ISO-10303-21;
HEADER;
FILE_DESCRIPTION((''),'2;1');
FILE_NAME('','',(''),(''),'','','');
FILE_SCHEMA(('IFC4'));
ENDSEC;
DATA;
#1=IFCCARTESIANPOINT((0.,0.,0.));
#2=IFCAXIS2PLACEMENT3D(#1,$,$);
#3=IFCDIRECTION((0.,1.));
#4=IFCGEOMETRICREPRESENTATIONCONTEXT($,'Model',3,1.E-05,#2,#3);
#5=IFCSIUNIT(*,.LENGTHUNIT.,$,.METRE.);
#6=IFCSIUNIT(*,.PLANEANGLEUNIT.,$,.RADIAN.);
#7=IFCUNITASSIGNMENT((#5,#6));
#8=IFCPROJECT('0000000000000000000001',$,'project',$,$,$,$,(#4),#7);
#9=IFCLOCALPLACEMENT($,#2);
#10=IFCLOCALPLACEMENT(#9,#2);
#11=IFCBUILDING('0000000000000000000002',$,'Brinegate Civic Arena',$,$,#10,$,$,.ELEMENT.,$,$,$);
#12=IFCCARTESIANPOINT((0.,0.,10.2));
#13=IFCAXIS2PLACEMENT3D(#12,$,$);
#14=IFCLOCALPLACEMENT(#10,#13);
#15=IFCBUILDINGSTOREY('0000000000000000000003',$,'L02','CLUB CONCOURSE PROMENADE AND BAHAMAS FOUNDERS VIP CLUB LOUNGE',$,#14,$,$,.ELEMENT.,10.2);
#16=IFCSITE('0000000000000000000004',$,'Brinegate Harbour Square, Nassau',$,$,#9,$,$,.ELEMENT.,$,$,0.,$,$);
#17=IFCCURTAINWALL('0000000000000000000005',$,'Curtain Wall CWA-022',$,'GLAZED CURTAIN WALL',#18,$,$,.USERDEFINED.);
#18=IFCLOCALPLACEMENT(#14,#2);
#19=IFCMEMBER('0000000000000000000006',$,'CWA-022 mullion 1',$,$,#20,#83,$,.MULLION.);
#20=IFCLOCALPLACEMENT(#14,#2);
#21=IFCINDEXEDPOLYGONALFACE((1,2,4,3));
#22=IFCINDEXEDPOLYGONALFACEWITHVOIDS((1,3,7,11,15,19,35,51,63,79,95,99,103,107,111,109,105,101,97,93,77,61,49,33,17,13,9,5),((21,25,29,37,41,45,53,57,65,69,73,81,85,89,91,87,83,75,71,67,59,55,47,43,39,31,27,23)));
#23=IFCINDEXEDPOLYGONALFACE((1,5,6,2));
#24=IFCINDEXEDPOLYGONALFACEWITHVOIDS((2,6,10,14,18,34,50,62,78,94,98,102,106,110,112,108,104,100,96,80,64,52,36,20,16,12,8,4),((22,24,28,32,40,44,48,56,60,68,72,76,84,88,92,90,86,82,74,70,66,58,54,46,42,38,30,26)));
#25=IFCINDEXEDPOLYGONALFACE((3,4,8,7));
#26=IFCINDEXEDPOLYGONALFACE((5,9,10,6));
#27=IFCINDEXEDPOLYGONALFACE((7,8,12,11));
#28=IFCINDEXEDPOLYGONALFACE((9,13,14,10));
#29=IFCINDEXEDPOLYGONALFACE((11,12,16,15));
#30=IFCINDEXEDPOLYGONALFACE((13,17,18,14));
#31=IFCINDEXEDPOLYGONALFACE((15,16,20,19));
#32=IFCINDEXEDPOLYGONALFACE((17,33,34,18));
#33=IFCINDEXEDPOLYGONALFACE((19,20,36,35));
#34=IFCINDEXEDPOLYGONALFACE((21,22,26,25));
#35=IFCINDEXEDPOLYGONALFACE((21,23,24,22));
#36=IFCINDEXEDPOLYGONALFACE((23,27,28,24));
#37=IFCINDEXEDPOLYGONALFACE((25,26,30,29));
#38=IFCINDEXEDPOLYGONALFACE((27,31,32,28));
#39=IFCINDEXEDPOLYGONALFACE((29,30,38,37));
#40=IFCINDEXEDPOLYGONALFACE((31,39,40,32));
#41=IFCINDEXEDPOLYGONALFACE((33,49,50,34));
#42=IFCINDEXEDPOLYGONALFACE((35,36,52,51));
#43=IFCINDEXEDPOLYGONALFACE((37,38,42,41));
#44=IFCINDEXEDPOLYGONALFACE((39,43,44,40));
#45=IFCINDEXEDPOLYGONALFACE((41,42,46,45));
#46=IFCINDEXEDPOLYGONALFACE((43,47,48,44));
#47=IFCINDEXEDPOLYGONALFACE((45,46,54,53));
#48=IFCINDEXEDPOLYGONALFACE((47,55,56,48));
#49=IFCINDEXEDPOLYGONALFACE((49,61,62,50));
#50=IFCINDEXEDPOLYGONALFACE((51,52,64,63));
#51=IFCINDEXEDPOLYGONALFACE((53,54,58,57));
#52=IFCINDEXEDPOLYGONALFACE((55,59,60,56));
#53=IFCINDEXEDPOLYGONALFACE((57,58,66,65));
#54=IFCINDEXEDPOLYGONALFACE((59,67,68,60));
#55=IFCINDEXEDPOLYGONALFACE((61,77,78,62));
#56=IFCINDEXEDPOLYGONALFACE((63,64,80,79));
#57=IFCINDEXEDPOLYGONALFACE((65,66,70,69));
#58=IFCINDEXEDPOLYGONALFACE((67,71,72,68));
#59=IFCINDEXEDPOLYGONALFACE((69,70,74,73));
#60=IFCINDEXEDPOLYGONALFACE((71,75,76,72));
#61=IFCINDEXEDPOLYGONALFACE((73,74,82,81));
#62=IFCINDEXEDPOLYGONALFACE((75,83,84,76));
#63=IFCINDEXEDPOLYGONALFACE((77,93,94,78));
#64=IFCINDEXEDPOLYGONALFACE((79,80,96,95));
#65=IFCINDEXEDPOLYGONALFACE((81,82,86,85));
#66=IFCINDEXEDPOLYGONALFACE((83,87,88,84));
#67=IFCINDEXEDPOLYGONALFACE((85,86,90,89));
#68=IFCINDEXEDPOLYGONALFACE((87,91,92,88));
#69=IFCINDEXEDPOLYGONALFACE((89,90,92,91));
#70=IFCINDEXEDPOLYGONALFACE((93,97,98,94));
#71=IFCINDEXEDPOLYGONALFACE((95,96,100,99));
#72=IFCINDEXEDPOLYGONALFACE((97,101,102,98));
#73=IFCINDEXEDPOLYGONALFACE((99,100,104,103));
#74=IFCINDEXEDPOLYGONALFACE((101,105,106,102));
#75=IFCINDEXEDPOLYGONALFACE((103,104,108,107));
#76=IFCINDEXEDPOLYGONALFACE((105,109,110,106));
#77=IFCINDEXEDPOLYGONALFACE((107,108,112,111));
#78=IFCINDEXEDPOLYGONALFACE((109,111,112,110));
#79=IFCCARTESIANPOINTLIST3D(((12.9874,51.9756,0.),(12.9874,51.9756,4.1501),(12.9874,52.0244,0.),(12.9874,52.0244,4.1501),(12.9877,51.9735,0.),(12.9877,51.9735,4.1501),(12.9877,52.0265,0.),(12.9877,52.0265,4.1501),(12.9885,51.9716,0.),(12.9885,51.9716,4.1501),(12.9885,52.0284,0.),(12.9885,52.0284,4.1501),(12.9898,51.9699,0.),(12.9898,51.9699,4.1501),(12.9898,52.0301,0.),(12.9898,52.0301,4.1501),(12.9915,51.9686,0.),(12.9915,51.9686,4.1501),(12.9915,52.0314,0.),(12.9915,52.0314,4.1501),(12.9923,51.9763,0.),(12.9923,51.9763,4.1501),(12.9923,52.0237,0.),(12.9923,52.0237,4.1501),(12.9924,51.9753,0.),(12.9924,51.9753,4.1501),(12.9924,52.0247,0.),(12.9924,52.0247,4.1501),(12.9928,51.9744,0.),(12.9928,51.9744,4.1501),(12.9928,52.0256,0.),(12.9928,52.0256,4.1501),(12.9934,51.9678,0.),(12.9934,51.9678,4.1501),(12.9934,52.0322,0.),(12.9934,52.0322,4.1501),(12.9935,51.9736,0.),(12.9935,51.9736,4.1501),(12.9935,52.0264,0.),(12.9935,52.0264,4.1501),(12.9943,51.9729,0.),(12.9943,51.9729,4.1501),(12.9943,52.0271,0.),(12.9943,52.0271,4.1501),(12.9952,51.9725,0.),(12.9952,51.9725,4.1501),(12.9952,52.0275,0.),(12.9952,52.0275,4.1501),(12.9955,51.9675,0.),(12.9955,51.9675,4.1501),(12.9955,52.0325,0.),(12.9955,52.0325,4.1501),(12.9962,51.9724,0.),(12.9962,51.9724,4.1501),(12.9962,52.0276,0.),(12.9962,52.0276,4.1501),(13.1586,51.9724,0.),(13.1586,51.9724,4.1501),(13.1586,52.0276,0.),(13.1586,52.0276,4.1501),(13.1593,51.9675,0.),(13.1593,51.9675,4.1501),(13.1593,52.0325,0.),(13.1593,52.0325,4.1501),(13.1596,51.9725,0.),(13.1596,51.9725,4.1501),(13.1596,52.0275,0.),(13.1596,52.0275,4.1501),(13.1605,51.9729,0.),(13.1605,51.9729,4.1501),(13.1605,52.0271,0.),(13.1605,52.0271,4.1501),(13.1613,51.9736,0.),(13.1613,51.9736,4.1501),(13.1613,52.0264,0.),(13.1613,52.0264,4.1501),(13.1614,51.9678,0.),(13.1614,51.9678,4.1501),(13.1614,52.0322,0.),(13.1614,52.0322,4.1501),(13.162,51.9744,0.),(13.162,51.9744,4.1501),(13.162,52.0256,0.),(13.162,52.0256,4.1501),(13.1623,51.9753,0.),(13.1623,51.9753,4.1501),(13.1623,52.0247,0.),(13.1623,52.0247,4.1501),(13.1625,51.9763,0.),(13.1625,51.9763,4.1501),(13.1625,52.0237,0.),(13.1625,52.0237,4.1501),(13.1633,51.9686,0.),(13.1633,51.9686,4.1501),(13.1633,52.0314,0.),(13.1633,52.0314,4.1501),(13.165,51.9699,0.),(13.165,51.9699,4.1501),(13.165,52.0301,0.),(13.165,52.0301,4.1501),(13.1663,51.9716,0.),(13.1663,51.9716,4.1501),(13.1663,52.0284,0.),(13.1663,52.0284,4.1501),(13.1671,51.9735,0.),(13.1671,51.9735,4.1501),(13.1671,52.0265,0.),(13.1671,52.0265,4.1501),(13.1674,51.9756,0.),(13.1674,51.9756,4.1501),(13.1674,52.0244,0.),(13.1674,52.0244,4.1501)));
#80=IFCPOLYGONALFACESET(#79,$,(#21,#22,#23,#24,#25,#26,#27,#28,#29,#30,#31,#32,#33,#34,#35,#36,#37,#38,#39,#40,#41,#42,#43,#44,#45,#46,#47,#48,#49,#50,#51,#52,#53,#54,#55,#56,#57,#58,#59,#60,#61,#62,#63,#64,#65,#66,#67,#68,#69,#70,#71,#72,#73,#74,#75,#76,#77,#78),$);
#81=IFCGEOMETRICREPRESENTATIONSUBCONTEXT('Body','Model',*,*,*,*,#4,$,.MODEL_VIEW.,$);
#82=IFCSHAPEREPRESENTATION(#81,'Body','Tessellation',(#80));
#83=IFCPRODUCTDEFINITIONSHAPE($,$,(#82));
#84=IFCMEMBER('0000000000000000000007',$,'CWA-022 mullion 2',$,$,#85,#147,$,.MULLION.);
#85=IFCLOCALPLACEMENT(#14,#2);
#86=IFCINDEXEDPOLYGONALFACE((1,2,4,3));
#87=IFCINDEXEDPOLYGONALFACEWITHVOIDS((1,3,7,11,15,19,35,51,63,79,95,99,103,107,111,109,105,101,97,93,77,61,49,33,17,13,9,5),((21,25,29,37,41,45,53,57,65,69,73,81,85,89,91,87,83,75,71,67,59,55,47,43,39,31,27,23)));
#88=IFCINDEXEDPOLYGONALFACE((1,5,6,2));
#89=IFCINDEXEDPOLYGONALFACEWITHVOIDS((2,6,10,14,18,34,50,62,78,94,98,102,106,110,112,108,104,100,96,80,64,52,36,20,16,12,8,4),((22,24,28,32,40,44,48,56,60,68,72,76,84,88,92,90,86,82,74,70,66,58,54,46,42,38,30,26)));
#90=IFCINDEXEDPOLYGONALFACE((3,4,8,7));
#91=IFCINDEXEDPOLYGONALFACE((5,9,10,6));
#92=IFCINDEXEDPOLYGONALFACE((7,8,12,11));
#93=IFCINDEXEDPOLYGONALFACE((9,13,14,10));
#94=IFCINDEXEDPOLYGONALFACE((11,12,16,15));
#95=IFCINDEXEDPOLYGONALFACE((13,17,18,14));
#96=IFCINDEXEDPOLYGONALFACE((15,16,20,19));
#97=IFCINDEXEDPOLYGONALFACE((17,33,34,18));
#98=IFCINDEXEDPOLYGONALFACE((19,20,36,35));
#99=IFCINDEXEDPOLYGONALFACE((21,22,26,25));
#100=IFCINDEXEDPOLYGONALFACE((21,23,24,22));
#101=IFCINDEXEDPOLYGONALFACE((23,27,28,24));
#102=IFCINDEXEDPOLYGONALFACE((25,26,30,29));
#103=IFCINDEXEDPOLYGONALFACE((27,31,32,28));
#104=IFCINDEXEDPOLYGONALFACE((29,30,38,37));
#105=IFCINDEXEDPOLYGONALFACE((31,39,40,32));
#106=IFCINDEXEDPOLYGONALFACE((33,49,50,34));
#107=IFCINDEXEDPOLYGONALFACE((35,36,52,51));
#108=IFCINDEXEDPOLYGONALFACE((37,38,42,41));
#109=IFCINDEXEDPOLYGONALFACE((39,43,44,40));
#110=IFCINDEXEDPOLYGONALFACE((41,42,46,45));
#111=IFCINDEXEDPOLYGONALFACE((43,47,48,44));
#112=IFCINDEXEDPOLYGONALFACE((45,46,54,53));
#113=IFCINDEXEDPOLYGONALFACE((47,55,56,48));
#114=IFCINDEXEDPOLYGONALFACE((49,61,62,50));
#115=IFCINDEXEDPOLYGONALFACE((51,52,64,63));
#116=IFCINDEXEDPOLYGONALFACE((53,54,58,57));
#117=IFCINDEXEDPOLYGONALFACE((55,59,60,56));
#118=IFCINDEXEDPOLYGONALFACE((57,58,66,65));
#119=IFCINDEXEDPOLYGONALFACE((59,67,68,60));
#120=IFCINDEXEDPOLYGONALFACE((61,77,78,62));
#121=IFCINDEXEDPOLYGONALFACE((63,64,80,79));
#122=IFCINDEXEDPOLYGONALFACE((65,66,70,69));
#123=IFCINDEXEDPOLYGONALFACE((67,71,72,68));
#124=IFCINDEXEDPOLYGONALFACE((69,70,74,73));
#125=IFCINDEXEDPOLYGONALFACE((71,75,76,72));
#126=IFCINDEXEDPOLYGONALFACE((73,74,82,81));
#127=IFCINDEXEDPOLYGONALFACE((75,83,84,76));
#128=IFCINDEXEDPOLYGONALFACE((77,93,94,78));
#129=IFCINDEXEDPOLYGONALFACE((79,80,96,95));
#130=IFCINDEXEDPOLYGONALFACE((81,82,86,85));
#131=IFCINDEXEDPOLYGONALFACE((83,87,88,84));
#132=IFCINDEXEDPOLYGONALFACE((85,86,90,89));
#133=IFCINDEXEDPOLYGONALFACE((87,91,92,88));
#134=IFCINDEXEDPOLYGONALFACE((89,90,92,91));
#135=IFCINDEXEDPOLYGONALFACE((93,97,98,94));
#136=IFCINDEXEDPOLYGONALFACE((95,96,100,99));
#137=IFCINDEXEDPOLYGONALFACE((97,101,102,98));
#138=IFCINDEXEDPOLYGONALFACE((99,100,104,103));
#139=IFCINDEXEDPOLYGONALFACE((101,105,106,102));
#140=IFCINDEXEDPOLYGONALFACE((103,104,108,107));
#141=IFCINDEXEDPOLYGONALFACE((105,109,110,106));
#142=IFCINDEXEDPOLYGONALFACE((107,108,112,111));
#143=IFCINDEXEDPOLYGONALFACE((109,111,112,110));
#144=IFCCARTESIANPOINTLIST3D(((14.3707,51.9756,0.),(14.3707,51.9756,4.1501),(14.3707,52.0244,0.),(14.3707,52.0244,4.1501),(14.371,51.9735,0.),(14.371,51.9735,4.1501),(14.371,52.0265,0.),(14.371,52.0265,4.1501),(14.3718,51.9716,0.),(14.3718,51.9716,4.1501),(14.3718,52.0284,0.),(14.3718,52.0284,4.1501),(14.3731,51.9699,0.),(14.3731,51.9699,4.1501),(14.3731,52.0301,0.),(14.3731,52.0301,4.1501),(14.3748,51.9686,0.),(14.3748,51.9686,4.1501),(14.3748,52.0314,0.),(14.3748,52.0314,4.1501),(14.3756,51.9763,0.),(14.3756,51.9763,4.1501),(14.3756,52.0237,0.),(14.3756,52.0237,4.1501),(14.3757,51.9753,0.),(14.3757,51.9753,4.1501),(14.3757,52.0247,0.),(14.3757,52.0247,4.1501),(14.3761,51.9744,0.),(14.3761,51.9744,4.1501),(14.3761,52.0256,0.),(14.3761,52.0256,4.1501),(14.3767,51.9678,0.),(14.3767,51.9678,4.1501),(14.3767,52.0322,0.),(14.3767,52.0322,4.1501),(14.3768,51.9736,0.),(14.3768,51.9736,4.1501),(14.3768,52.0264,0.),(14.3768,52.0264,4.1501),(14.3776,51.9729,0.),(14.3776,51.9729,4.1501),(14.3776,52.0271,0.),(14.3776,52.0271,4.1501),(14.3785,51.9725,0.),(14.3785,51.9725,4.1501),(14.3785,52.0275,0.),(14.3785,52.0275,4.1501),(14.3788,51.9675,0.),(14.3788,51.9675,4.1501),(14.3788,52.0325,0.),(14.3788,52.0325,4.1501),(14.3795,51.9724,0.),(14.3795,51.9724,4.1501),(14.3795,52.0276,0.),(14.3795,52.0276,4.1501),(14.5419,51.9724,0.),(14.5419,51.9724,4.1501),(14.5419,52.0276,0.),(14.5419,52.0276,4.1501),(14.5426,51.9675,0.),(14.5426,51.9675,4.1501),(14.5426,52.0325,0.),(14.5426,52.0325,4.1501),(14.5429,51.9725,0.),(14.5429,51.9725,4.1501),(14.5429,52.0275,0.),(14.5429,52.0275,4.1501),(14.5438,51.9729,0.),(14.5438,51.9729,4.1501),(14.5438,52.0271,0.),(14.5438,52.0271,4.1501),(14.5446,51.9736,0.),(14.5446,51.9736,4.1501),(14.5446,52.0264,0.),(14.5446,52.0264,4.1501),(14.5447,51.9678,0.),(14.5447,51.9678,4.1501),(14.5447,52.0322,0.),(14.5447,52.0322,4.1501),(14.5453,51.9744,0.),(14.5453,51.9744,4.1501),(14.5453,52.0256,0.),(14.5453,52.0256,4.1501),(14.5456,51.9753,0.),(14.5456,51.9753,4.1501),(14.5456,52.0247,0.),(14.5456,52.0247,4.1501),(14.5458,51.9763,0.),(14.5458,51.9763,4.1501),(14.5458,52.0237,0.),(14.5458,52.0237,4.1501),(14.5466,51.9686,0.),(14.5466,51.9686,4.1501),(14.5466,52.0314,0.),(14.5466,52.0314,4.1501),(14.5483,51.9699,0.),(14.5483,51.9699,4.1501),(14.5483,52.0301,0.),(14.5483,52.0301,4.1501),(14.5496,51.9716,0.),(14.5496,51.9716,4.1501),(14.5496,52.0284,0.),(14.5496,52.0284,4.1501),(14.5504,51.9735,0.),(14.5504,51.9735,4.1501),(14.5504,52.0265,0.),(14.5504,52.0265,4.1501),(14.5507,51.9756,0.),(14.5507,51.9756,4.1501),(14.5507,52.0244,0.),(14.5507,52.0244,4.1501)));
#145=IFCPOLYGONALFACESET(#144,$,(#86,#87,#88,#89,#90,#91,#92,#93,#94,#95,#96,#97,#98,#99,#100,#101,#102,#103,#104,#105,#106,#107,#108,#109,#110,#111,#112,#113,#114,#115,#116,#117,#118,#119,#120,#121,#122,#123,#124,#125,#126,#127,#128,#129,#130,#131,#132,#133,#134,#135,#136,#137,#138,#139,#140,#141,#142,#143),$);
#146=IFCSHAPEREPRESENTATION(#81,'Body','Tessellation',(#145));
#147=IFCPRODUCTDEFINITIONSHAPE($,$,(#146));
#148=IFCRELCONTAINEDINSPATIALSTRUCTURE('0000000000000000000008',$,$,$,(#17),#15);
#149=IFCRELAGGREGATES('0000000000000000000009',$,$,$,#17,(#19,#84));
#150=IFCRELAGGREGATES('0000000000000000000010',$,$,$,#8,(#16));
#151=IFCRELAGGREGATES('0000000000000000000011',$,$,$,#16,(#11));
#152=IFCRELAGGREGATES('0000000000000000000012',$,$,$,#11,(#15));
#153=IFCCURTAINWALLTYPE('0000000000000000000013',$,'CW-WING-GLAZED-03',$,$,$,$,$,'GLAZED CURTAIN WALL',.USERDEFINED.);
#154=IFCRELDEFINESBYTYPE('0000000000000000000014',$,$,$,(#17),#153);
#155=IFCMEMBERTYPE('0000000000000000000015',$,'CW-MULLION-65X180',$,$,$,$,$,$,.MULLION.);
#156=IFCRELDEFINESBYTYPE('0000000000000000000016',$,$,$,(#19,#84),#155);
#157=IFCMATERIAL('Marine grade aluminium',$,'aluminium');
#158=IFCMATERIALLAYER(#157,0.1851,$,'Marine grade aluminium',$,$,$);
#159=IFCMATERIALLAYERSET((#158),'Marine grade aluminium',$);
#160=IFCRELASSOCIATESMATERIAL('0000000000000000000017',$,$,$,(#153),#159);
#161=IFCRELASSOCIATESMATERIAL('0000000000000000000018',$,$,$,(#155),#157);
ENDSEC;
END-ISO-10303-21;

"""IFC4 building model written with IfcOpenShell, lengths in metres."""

from ifc_helpers import new_model, si_unit, direction, frame, origin, origin_2d, place, context, subcontext, project, spatial, hollow_rectangle, extrude, material, layer, layer_set, material_profile, profile_set, type_object, element, aggregate, save


model = new_model("IFC4")

# Units and contexts
model_context = context("Model", 3, precision=1e-05, world=origin(), true_north=direction((0.0, 1.0)))
body_context = subcontext(model_context, "Body", "Model", "MODEL_VIEW")
ifc_project = project(units=[si_unit("LENGTHUNIT", "METRE"), si_unit("PLANEANGLEUNIT", "RADIAN")], contexts=[model_context])

# Site, building, storey
site_placement = place(None, origin())
site = spatial("IfcSite", under=ifc_project, at=site_placement, Name="Brinegate Harbour Square, Nassau", CompositionType="ELEMENT", RefElevation=0.0)
building_placement = place(site_placement, origin())
building = spatial("IfcBuilding", under=site, at=building_placement, Name="Brinegate Civic Arena", CompositionType="ELEMENT")
storey_placement = place(building_placement, frame((0.0, 0.0, 10.2)))
storey = spatial("IfcBuildingStorey", under=building, at=storey_placement, Name="L02", Description="CLUB CONCOURSE PROMENADE AND BAHAMAS FOUNDERS VIP CLUB LOUNGE", CompositionType="ELEMENT", Elevation=10.2)

# Curtain wall, members
ifc_material_1 = material(Name="Marine grade aluminium", Category="aluminium")
ifc_layer_1 = layer(ifc_material_1, 0.1851, Name="Marine grade aluminium")
ifc_layer_set_1 = layer_set([ifc_layer_1], Name="Marine grade aluminium")
curtain_wall_type = type_object("IfcCurtainWallType", Name="CW-WING-GLAZED-03", ElementType="GLAZED CURTAIN WALL", PredefinedType="USERDEFINED", material=ifc_layer_set_1)
curtain_wall_placement = place(storey_placement, origin())
curtain_wall = element("IfcCurtainWall", 1, at=curtain_wall_placement, inside=storey, type_object=curtain_wall_type, Name="Curtain Wall CWA-022", ObjectType="GLAZED CURTAIN WALL", PredefinedType="USERDEFINED")
ifc_material_profile_1 = material_profile(ifc_material_1, hollow_rectangle(XDim=0.0649, YDim=0.1799, WallThickness=0.0049, InnerFilletRadius=0.0039, OuterFilletRadius=0.0081, at=origin_2d()), Name="MUL65X180")
ifc_profile_set_1 = profile_set([ifc_material_profile_1], Name="Marine grade aluminium")
member_type_1 = type_object("IfcMemberType", Name="CW-MULLION-65X180", PredefinedType="MULLION", material=ifc_profile_set_1)
member_1_placement = place(storey_placement, frame((13.0774, 52.0, 0.0), z_axis=(0.0, 0.0, 1.0), x_axis=(0.0, 1.0, 0.0)))
member_1 = element("IfcMember", 2, at=member_1_placement, type_object=member_type_1, Name="CWA-022 mullion 1", PredefinedType="MULLION", context=body_context, shape_type="SweptSolid", body=[
    extrude(hollow_rectangle(XDim=0.0649, YDim=0.1799, WallThickness=0.0049, InnerFilletRadius=0.0039, OuterFilletRadius=0.0081, at=origin_2d()), origin(), (0.0, 0.0, 1.0), 4.1501),
])
member_2_placement = place(storey_placement, frame((14.4607, 52.0, 0.0), z_axis=(0.0, 0.0, 1.0), x_axis=(0.0, 1.0, 0.0)))
member_2 = element("IfcMember", 3, at=member_2_placement, type_object=member_type_1, Name="CWA-022 mullion 2", PredefinedType="MULLION", context=body_context, shape_type="SweptSolid", body=[
    extrude(hollow_rectangle(XDim=0.0649, YDim=0.1799, WallThickness=0.0049, InnerFilletRadius=0.0039, OuterFilletRadius=0.0081, at=origin_2d()), origin(), (0.0, 0.0, 1.0), 4.1501),
])
aggregate(curtain_wall, [member_1, member_2])

save(model, "model.ifc")
